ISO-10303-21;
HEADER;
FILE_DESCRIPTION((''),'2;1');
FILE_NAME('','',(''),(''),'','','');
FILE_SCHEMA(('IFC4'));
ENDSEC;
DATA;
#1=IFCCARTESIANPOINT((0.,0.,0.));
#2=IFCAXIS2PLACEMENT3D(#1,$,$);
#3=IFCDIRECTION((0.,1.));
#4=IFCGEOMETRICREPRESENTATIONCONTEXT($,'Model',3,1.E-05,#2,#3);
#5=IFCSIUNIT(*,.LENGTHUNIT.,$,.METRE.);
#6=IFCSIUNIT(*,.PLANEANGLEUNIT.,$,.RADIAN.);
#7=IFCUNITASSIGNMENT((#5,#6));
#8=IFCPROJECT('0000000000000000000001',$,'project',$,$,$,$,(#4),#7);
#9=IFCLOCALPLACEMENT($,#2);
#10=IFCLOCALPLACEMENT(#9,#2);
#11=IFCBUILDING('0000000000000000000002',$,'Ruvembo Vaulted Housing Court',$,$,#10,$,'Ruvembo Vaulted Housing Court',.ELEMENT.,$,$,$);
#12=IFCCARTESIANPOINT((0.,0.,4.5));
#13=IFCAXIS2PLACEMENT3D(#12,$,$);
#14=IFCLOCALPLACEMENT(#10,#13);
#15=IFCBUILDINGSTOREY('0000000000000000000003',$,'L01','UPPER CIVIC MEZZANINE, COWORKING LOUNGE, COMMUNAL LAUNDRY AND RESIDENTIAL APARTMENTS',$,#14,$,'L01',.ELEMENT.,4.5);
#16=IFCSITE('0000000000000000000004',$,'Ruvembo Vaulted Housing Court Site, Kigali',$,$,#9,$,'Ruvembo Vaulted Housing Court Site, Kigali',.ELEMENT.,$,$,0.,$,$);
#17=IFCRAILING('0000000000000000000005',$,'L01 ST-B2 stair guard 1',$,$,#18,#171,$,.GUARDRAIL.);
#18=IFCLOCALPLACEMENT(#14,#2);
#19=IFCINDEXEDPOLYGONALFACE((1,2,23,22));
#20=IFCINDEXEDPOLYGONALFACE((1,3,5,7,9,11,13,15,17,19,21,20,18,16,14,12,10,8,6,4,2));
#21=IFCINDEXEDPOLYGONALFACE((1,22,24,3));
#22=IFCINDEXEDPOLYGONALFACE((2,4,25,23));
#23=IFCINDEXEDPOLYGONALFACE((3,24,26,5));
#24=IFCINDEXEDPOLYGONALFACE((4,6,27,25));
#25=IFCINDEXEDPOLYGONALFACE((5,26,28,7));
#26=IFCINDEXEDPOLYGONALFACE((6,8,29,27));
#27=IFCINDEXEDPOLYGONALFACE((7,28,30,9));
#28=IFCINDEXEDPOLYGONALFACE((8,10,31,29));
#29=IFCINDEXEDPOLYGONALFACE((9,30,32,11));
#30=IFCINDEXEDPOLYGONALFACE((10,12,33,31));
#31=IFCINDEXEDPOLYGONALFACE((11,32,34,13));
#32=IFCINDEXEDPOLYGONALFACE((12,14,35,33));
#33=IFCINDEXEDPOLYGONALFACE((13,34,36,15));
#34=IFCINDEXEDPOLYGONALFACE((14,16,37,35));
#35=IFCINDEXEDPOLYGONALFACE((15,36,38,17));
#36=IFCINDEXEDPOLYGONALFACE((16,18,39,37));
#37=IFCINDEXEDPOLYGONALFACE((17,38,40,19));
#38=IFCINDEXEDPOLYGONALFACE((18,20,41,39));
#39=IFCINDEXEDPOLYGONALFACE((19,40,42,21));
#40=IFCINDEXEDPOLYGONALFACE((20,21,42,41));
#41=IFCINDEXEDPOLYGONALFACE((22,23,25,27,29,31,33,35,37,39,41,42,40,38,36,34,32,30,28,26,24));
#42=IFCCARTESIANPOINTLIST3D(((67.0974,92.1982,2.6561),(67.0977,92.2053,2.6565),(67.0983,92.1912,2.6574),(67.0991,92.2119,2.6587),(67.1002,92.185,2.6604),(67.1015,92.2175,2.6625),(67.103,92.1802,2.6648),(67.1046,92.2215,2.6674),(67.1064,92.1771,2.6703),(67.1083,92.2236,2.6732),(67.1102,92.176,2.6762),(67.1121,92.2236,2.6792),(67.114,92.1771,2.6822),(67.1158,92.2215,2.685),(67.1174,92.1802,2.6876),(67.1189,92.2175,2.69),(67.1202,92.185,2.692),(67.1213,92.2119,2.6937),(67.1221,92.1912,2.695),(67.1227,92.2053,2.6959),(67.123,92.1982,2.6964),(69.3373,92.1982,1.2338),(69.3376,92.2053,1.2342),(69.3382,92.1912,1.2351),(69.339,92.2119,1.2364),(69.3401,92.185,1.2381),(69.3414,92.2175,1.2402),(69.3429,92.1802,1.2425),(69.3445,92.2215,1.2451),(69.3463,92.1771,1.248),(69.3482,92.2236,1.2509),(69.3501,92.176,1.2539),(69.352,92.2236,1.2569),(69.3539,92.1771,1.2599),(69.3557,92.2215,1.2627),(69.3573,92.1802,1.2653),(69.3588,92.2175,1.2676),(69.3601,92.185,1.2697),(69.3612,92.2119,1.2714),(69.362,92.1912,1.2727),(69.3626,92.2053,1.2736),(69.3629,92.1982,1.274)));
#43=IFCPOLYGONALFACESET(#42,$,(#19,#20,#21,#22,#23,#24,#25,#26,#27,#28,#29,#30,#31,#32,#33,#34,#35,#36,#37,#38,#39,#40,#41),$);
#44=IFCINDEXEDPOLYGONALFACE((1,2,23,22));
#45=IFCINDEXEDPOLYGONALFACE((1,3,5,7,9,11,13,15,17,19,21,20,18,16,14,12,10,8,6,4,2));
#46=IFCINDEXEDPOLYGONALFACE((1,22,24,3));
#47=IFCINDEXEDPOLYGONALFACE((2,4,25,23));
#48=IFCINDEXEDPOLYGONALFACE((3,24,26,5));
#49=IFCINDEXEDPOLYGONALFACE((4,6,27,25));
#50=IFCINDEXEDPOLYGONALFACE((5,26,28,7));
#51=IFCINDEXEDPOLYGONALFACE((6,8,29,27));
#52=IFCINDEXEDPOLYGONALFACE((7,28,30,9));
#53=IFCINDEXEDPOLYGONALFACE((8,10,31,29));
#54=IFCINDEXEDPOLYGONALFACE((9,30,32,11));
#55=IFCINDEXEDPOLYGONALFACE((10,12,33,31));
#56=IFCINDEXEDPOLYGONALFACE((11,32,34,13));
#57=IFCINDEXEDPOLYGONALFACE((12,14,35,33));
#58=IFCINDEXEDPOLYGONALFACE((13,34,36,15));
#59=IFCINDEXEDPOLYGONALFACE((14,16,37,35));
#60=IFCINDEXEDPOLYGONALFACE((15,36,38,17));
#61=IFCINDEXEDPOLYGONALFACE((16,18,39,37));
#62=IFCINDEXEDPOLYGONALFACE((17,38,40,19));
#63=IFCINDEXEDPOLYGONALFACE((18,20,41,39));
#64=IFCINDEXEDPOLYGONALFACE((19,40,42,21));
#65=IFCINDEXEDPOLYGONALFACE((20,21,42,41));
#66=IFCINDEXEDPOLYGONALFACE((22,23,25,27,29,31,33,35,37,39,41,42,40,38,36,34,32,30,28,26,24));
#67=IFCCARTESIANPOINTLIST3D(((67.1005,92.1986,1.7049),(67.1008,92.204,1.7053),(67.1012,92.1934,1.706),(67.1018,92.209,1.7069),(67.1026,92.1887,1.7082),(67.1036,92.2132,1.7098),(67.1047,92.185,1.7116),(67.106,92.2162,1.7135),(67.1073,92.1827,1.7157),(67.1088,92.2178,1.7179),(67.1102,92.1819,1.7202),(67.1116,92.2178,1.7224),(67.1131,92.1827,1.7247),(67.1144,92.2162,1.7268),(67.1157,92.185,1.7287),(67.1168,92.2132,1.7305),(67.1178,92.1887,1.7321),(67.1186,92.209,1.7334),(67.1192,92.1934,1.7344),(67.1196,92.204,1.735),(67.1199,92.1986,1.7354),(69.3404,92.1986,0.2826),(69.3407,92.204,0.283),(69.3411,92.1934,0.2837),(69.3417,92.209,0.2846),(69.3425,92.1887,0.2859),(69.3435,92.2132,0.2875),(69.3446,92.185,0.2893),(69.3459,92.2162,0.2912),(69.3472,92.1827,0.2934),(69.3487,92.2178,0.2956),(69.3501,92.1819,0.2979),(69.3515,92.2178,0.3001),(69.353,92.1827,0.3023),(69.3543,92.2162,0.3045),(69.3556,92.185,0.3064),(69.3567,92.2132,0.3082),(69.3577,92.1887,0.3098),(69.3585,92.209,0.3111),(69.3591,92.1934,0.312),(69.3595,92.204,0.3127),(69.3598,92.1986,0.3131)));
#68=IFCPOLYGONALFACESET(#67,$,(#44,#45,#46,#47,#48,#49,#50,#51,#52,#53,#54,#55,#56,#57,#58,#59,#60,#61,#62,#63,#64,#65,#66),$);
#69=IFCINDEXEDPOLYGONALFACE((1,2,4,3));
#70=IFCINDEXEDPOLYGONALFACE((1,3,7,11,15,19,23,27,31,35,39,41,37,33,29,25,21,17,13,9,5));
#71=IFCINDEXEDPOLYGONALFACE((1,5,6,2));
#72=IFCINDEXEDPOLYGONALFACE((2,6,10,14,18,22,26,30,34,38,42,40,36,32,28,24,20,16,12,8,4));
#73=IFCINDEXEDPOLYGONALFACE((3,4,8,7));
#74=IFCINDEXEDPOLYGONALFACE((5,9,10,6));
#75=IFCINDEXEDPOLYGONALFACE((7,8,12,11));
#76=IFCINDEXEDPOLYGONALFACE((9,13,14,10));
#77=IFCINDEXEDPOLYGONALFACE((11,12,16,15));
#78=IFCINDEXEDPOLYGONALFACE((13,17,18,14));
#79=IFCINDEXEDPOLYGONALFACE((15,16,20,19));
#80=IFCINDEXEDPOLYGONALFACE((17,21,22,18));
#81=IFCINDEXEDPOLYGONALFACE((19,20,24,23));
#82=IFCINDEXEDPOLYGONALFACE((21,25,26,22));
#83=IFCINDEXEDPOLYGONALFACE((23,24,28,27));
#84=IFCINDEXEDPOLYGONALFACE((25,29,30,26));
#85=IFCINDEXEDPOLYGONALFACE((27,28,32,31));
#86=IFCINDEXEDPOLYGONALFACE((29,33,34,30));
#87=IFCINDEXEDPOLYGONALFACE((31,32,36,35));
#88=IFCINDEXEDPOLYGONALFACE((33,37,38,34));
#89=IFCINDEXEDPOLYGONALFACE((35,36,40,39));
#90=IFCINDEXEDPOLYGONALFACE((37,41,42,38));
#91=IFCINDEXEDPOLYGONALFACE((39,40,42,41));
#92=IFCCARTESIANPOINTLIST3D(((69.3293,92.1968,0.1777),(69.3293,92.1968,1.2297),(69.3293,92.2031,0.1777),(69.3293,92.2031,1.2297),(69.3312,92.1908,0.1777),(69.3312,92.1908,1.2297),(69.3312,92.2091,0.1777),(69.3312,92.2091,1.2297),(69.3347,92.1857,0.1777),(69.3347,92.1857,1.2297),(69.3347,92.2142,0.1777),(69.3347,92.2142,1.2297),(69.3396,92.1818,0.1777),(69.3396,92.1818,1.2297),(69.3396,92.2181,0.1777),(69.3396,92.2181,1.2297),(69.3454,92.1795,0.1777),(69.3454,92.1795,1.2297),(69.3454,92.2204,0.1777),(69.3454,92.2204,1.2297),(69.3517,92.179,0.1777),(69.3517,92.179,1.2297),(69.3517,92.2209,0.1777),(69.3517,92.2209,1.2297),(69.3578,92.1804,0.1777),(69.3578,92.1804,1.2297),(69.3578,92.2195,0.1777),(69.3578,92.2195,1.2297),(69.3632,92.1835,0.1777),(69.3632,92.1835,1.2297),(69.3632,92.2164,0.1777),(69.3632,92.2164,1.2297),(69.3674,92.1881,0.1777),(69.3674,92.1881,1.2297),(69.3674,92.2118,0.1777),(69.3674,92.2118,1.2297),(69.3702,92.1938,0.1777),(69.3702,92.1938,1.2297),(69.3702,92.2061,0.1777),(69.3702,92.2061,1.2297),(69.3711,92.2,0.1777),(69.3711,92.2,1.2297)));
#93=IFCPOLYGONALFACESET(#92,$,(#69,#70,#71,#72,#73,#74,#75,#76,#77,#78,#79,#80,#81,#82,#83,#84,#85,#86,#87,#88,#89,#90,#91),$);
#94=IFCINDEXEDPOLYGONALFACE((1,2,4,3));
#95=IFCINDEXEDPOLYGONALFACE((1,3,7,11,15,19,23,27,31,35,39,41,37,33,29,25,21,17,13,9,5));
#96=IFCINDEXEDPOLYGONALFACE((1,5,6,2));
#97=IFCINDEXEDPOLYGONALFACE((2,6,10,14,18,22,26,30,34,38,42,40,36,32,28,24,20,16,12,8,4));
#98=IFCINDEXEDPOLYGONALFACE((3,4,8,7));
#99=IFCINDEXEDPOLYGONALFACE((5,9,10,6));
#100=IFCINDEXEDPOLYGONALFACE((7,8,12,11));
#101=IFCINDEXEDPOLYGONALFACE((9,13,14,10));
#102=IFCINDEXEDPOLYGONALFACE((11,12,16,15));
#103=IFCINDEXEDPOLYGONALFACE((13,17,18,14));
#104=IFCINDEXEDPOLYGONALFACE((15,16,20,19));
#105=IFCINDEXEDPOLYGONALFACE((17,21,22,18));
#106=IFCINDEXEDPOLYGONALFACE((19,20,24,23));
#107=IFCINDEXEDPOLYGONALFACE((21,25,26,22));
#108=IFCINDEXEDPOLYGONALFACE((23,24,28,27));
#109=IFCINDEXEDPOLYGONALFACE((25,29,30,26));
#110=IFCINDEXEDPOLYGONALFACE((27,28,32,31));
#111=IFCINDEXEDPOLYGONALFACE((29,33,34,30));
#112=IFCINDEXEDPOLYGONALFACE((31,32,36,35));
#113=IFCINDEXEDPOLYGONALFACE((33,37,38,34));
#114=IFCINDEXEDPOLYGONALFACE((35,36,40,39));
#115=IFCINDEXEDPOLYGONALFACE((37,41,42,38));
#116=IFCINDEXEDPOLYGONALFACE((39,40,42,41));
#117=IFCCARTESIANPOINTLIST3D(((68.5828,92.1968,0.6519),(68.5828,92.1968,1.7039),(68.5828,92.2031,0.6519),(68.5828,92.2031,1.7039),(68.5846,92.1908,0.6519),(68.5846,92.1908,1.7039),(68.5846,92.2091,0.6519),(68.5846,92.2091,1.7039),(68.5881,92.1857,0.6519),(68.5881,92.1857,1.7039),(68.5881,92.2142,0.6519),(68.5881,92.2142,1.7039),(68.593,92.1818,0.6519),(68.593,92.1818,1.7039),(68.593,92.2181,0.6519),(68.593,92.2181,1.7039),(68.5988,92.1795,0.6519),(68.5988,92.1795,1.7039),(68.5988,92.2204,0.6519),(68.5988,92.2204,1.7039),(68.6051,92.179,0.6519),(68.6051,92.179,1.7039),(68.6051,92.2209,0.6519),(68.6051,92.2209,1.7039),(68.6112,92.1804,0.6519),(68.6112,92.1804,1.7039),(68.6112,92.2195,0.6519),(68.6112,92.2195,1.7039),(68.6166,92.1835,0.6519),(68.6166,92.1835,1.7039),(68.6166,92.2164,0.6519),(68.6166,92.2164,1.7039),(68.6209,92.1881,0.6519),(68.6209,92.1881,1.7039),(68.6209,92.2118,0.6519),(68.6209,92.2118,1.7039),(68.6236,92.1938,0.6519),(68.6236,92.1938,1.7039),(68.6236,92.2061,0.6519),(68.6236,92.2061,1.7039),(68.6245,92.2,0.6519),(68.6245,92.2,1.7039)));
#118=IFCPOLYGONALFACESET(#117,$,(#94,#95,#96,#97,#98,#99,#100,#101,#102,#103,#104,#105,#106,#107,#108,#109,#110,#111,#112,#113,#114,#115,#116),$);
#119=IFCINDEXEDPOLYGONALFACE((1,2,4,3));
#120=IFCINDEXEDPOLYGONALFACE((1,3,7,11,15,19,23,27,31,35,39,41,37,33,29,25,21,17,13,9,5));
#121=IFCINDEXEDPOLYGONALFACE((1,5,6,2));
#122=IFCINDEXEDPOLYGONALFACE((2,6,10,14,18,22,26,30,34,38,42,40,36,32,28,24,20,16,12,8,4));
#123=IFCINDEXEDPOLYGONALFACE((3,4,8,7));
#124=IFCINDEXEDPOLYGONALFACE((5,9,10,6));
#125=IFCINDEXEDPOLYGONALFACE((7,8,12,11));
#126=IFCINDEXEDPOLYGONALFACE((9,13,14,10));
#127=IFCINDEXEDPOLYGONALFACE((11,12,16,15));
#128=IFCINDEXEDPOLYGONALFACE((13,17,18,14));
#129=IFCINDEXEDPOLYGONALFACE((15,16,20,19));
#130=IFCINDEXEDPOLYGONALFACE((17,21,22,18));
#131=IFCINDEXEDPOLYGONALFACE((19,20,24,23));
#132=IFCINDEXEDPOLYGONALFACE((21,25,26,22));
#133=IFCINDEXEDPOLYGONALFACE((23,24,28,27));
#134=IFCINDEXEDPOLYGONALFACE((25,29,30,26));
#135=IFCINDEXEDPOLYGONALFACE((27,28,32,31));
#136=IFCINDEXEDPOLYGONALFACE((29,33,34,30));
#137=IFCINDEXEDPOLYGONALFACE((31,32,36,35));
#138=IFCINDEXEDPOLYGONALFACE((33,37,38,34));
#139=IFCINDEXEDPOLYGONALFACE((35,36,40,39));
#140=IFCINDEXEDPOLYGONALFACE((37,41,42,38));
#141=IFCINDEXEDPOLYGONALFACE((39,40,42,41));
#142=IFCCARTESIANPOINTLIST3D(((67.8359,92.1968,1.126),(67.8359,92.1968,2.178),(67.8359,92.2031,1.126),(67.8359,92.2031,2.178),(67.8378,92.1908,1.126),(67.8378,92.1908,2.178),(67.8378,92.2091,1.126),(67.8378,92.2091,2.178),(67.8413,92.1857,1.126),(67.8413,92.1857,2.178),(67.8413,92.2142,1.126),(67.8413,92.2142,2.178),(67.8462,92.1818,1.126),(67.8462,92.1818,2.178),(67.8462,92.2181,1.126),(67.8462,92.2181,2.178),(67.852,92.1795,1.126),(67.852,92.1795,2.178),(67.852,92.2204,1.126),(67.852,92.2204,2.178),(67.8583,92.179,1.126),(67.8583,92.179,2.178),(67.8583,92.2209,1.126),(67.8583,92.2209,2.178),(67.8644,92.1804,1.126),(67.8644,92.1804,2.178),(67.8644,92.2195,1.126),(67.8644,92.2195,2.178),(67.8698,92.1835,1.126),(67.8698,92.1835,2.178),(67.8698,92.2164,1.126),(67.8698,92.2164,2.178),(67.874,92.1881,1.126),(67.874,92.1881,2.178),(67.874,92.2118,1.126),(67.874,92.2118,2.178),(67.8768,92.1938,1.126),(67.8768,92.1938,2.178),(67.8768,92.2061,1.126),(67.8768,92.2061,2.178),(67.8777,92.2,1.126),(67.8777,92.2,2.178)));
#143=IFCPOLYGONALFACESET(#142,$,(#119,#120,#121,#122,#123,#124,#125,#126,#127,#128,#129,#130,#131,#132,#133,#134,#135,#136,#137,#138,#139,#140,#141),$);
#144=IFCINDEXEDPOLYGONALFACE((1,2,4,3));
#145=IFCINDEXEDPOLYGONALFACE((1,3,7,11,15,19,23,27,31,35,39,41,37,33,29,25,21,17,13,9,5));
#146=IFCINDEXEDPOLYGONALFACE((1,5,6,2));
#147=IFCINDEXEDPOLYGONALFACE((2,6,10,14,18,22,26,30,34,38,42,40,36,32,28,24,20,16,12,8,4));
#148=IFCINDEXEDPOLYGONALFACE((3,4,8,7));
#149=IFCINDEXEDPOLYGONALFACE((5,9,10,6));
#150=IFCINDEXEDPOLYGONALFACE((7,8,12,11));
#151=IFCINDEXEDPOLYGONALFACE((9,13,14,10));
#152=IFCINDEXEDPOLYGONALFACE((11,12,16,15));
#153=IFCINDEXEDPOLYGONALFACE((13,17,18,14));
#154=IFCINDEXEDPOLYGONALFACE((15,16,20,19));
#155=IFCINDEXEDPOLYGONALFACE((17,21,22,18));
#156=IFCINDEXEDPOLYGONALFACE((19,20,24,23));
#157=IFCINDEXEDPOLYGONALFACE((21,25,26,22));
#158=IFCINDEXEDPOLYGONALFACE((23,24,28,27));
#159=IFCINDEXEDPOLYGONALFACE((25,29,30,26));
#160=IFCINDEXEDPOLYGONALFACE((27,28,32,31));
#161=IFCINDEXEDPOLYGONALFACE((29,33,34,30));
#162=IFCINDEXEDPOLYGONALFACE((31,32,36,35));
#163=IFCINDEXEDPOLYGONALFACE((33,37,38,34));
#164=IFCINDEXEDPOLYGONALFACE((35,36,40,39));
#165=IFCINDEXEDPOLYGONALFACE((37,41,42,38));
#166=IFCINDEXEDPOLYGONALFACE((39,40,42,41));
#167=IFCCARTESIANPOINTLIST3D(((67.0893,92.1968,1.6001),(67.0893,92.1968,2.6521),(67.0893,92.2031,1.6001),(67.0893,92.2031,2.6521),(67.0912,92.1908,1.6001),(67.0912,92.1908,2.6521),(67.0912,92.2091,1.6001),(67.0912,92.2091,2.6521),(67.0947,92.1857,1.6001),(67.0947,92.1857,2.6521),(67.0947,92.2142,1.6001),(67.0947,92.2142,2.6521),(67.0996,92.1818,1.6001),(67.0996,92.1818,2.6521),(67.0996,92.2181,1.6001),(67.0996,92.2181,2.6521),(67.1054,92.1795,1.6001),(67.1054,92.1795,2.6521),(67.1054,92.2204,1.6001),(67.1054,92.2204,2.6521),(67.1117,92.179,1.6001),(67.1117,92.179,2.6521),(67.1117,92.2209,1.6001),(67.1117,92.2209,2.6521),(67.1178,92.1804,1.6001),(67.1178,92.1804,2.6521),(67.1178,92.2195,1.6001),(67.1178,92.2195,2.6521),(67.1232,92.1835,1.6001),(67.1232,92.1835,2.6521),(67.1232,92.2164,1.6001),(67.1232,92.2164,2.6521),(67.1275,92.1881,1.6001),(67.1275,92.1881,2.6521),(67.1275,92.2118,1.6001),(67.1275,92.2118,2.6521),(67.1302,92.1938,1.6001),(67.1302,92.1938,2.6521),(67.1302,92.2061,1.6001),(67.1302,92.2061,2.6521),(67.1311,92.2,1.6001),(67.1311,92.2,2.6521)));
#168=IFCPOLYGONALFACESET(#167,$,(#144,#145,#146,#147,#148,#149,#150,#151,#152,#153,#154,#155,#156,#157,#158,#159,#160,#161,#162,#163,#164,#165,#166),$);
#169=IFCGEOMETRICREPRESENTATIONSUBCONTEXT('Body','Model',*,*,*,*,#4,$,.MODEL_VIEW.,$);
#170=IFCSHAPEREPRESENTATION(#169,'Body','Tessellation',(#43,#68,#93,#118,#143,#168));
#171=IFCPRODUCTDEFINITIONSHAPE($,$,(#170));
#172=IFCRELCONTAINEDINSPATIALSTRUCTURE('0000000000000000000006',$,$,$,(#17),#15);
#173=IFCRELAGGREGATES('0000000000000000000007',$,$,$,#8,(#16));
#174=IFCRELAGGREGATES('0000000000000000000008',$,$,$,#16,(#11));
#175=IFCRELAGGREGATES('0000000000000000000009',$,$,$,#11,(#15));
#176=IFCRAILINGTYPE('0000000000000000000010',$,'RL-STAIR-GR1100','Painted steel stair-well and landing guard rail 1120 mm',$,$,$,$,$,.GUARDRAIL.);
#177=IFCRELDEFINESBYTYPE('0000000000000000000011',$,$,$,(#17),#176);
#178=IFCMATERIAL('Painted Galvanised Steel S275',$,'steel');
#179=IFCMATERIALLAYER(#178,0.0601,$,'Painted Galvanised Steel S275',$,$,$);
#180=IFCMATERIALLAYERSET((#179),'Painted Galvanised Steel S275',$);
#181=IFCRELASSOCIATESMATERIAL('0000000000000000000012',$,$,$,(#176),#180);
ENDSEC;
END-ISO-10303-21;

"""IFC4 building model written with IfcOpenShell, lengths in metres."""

from ifc_helpers import new_model, si_unit, direction, frame, origin, origin_2d, place, context, subcontext, project, spatial, circle, extrude, material, layer, layer_set, type_object, element, save


model = new_model("IFC4")

# Units and contexts
model_context = context("Model", 3, precision=1e-05, world=origin(), true_north=direction((0.0, 1.0)))
body_context = subcontext(model_context, "Body", "Model", "MODEL_VIEW")
ifc_project = project(units=[si_unit("LENGTHUNIT", "METRE"), si_unit("PLANEANGLEUNIT", "RADIAN")], contexts=[model_context])

# Site, building, storey
site_placement = place(None, origin())
site = spatial("IfcSite", under=ifc_project, at=site_placement, Name="Ruvembo Vaulted Housing Court Site, Kigali", LongName="Ruvembo Vaulted Housing Court Site, Kigali", CompositionType="ELEMENT", RefElevation=0.0)
building_placement = place(site_placement, origin())
building = spatial("IfcBuilding", under=site, at=building_placement, Name="Ruvembo Vaulted Housing Court", LongName="Ruvembo Vaulted Housing Court", CompositionType="ELEMENT")
storey_placement = place(building_placement, frame((0.0, 0.0, 4.5)))
storey = spatial("IfcBuildingStorey", under=building, at=storey_placement, Name="L01", Description="UPPER CIVIC MEZZANINE, COWORKING LOUNGE, COMMUNAL LAUNDRY AND RESIDENTIAL APARTMENTS", LongName="L01", CompositionType="ELEMENT", Elevation=4.5)

# Railing
ifc_material_1 = material(Name="Painted Galvanised Steel S275", Category="steel")
ifc_layer_1 = layer(ifc_material_1, 0.0601, Name="Painted Galvanised Steel S275")
ifc_layer_set_1 = layer_set([ifc_layer_1], Name="Painted Galvanised Steel S275")
railing_type_1 = type_object("IfcRailingType", Name="RL-STAIR-GR1100", Description="Painted steel stair-well and landing guard rail 1120 mm", PredefinedType="GUARDRAIL", material=ifc_layer_set_1)
railing_1_placement = place(storey_placement, frame((69.3501, 92.2, 0.1777)))
element("IfcRailing", 1, at=railing_1_placement, inside=storey, type_object=railing_type_1, Name="L01 ST-B2 stair guard 1", PredefinedType="GUARDRAIL", context=body_context, shape_type="SweptSolid", body=[
    extrude(circle(Radius=0.0239, at=origin_2d()), frame((0.0, 0.0, 1.0762), z_axis=(-0.844188, 0.0, 0.536048), x_axis=(0.0, -1.0, 0.0)), (0.0, 0.0, 1.0), 2.6533),
    extrude(circle(Radius=0.0181, at=origin_2d()), frame((0.0, 0.0, 0.1201), z_axis=(-0.844188, 0.0, 0.536048), x_axis=(0.0, -1.0, 0.0)), (0.0, 0.0, 1.0), 2.6533),
    extrude(circle(Radius=0.021, at=origin_2d()), origin(), (0.0, 0.0, 1.0), 1.052),
    extrude(circle(Radius=0.021, at=origin_2d()), frame((-0.7466, 0.0, 0.4741)), (0.0, 0.0, 1.0), 1.052),
    extrude(circle(Radius=0.021, at=origin_2d()), frame((-1.4934, 0.0, 0.9482)), (0.0, 0.0, 1.0), 1.052),
    extrude(circle(Radius=0.021, at=origin_2d()), frame((-2.24, 0.0, 1.4224)), (0.0, 0.0, 1.0), 1.052),
])

save(model, "model.ifc")
